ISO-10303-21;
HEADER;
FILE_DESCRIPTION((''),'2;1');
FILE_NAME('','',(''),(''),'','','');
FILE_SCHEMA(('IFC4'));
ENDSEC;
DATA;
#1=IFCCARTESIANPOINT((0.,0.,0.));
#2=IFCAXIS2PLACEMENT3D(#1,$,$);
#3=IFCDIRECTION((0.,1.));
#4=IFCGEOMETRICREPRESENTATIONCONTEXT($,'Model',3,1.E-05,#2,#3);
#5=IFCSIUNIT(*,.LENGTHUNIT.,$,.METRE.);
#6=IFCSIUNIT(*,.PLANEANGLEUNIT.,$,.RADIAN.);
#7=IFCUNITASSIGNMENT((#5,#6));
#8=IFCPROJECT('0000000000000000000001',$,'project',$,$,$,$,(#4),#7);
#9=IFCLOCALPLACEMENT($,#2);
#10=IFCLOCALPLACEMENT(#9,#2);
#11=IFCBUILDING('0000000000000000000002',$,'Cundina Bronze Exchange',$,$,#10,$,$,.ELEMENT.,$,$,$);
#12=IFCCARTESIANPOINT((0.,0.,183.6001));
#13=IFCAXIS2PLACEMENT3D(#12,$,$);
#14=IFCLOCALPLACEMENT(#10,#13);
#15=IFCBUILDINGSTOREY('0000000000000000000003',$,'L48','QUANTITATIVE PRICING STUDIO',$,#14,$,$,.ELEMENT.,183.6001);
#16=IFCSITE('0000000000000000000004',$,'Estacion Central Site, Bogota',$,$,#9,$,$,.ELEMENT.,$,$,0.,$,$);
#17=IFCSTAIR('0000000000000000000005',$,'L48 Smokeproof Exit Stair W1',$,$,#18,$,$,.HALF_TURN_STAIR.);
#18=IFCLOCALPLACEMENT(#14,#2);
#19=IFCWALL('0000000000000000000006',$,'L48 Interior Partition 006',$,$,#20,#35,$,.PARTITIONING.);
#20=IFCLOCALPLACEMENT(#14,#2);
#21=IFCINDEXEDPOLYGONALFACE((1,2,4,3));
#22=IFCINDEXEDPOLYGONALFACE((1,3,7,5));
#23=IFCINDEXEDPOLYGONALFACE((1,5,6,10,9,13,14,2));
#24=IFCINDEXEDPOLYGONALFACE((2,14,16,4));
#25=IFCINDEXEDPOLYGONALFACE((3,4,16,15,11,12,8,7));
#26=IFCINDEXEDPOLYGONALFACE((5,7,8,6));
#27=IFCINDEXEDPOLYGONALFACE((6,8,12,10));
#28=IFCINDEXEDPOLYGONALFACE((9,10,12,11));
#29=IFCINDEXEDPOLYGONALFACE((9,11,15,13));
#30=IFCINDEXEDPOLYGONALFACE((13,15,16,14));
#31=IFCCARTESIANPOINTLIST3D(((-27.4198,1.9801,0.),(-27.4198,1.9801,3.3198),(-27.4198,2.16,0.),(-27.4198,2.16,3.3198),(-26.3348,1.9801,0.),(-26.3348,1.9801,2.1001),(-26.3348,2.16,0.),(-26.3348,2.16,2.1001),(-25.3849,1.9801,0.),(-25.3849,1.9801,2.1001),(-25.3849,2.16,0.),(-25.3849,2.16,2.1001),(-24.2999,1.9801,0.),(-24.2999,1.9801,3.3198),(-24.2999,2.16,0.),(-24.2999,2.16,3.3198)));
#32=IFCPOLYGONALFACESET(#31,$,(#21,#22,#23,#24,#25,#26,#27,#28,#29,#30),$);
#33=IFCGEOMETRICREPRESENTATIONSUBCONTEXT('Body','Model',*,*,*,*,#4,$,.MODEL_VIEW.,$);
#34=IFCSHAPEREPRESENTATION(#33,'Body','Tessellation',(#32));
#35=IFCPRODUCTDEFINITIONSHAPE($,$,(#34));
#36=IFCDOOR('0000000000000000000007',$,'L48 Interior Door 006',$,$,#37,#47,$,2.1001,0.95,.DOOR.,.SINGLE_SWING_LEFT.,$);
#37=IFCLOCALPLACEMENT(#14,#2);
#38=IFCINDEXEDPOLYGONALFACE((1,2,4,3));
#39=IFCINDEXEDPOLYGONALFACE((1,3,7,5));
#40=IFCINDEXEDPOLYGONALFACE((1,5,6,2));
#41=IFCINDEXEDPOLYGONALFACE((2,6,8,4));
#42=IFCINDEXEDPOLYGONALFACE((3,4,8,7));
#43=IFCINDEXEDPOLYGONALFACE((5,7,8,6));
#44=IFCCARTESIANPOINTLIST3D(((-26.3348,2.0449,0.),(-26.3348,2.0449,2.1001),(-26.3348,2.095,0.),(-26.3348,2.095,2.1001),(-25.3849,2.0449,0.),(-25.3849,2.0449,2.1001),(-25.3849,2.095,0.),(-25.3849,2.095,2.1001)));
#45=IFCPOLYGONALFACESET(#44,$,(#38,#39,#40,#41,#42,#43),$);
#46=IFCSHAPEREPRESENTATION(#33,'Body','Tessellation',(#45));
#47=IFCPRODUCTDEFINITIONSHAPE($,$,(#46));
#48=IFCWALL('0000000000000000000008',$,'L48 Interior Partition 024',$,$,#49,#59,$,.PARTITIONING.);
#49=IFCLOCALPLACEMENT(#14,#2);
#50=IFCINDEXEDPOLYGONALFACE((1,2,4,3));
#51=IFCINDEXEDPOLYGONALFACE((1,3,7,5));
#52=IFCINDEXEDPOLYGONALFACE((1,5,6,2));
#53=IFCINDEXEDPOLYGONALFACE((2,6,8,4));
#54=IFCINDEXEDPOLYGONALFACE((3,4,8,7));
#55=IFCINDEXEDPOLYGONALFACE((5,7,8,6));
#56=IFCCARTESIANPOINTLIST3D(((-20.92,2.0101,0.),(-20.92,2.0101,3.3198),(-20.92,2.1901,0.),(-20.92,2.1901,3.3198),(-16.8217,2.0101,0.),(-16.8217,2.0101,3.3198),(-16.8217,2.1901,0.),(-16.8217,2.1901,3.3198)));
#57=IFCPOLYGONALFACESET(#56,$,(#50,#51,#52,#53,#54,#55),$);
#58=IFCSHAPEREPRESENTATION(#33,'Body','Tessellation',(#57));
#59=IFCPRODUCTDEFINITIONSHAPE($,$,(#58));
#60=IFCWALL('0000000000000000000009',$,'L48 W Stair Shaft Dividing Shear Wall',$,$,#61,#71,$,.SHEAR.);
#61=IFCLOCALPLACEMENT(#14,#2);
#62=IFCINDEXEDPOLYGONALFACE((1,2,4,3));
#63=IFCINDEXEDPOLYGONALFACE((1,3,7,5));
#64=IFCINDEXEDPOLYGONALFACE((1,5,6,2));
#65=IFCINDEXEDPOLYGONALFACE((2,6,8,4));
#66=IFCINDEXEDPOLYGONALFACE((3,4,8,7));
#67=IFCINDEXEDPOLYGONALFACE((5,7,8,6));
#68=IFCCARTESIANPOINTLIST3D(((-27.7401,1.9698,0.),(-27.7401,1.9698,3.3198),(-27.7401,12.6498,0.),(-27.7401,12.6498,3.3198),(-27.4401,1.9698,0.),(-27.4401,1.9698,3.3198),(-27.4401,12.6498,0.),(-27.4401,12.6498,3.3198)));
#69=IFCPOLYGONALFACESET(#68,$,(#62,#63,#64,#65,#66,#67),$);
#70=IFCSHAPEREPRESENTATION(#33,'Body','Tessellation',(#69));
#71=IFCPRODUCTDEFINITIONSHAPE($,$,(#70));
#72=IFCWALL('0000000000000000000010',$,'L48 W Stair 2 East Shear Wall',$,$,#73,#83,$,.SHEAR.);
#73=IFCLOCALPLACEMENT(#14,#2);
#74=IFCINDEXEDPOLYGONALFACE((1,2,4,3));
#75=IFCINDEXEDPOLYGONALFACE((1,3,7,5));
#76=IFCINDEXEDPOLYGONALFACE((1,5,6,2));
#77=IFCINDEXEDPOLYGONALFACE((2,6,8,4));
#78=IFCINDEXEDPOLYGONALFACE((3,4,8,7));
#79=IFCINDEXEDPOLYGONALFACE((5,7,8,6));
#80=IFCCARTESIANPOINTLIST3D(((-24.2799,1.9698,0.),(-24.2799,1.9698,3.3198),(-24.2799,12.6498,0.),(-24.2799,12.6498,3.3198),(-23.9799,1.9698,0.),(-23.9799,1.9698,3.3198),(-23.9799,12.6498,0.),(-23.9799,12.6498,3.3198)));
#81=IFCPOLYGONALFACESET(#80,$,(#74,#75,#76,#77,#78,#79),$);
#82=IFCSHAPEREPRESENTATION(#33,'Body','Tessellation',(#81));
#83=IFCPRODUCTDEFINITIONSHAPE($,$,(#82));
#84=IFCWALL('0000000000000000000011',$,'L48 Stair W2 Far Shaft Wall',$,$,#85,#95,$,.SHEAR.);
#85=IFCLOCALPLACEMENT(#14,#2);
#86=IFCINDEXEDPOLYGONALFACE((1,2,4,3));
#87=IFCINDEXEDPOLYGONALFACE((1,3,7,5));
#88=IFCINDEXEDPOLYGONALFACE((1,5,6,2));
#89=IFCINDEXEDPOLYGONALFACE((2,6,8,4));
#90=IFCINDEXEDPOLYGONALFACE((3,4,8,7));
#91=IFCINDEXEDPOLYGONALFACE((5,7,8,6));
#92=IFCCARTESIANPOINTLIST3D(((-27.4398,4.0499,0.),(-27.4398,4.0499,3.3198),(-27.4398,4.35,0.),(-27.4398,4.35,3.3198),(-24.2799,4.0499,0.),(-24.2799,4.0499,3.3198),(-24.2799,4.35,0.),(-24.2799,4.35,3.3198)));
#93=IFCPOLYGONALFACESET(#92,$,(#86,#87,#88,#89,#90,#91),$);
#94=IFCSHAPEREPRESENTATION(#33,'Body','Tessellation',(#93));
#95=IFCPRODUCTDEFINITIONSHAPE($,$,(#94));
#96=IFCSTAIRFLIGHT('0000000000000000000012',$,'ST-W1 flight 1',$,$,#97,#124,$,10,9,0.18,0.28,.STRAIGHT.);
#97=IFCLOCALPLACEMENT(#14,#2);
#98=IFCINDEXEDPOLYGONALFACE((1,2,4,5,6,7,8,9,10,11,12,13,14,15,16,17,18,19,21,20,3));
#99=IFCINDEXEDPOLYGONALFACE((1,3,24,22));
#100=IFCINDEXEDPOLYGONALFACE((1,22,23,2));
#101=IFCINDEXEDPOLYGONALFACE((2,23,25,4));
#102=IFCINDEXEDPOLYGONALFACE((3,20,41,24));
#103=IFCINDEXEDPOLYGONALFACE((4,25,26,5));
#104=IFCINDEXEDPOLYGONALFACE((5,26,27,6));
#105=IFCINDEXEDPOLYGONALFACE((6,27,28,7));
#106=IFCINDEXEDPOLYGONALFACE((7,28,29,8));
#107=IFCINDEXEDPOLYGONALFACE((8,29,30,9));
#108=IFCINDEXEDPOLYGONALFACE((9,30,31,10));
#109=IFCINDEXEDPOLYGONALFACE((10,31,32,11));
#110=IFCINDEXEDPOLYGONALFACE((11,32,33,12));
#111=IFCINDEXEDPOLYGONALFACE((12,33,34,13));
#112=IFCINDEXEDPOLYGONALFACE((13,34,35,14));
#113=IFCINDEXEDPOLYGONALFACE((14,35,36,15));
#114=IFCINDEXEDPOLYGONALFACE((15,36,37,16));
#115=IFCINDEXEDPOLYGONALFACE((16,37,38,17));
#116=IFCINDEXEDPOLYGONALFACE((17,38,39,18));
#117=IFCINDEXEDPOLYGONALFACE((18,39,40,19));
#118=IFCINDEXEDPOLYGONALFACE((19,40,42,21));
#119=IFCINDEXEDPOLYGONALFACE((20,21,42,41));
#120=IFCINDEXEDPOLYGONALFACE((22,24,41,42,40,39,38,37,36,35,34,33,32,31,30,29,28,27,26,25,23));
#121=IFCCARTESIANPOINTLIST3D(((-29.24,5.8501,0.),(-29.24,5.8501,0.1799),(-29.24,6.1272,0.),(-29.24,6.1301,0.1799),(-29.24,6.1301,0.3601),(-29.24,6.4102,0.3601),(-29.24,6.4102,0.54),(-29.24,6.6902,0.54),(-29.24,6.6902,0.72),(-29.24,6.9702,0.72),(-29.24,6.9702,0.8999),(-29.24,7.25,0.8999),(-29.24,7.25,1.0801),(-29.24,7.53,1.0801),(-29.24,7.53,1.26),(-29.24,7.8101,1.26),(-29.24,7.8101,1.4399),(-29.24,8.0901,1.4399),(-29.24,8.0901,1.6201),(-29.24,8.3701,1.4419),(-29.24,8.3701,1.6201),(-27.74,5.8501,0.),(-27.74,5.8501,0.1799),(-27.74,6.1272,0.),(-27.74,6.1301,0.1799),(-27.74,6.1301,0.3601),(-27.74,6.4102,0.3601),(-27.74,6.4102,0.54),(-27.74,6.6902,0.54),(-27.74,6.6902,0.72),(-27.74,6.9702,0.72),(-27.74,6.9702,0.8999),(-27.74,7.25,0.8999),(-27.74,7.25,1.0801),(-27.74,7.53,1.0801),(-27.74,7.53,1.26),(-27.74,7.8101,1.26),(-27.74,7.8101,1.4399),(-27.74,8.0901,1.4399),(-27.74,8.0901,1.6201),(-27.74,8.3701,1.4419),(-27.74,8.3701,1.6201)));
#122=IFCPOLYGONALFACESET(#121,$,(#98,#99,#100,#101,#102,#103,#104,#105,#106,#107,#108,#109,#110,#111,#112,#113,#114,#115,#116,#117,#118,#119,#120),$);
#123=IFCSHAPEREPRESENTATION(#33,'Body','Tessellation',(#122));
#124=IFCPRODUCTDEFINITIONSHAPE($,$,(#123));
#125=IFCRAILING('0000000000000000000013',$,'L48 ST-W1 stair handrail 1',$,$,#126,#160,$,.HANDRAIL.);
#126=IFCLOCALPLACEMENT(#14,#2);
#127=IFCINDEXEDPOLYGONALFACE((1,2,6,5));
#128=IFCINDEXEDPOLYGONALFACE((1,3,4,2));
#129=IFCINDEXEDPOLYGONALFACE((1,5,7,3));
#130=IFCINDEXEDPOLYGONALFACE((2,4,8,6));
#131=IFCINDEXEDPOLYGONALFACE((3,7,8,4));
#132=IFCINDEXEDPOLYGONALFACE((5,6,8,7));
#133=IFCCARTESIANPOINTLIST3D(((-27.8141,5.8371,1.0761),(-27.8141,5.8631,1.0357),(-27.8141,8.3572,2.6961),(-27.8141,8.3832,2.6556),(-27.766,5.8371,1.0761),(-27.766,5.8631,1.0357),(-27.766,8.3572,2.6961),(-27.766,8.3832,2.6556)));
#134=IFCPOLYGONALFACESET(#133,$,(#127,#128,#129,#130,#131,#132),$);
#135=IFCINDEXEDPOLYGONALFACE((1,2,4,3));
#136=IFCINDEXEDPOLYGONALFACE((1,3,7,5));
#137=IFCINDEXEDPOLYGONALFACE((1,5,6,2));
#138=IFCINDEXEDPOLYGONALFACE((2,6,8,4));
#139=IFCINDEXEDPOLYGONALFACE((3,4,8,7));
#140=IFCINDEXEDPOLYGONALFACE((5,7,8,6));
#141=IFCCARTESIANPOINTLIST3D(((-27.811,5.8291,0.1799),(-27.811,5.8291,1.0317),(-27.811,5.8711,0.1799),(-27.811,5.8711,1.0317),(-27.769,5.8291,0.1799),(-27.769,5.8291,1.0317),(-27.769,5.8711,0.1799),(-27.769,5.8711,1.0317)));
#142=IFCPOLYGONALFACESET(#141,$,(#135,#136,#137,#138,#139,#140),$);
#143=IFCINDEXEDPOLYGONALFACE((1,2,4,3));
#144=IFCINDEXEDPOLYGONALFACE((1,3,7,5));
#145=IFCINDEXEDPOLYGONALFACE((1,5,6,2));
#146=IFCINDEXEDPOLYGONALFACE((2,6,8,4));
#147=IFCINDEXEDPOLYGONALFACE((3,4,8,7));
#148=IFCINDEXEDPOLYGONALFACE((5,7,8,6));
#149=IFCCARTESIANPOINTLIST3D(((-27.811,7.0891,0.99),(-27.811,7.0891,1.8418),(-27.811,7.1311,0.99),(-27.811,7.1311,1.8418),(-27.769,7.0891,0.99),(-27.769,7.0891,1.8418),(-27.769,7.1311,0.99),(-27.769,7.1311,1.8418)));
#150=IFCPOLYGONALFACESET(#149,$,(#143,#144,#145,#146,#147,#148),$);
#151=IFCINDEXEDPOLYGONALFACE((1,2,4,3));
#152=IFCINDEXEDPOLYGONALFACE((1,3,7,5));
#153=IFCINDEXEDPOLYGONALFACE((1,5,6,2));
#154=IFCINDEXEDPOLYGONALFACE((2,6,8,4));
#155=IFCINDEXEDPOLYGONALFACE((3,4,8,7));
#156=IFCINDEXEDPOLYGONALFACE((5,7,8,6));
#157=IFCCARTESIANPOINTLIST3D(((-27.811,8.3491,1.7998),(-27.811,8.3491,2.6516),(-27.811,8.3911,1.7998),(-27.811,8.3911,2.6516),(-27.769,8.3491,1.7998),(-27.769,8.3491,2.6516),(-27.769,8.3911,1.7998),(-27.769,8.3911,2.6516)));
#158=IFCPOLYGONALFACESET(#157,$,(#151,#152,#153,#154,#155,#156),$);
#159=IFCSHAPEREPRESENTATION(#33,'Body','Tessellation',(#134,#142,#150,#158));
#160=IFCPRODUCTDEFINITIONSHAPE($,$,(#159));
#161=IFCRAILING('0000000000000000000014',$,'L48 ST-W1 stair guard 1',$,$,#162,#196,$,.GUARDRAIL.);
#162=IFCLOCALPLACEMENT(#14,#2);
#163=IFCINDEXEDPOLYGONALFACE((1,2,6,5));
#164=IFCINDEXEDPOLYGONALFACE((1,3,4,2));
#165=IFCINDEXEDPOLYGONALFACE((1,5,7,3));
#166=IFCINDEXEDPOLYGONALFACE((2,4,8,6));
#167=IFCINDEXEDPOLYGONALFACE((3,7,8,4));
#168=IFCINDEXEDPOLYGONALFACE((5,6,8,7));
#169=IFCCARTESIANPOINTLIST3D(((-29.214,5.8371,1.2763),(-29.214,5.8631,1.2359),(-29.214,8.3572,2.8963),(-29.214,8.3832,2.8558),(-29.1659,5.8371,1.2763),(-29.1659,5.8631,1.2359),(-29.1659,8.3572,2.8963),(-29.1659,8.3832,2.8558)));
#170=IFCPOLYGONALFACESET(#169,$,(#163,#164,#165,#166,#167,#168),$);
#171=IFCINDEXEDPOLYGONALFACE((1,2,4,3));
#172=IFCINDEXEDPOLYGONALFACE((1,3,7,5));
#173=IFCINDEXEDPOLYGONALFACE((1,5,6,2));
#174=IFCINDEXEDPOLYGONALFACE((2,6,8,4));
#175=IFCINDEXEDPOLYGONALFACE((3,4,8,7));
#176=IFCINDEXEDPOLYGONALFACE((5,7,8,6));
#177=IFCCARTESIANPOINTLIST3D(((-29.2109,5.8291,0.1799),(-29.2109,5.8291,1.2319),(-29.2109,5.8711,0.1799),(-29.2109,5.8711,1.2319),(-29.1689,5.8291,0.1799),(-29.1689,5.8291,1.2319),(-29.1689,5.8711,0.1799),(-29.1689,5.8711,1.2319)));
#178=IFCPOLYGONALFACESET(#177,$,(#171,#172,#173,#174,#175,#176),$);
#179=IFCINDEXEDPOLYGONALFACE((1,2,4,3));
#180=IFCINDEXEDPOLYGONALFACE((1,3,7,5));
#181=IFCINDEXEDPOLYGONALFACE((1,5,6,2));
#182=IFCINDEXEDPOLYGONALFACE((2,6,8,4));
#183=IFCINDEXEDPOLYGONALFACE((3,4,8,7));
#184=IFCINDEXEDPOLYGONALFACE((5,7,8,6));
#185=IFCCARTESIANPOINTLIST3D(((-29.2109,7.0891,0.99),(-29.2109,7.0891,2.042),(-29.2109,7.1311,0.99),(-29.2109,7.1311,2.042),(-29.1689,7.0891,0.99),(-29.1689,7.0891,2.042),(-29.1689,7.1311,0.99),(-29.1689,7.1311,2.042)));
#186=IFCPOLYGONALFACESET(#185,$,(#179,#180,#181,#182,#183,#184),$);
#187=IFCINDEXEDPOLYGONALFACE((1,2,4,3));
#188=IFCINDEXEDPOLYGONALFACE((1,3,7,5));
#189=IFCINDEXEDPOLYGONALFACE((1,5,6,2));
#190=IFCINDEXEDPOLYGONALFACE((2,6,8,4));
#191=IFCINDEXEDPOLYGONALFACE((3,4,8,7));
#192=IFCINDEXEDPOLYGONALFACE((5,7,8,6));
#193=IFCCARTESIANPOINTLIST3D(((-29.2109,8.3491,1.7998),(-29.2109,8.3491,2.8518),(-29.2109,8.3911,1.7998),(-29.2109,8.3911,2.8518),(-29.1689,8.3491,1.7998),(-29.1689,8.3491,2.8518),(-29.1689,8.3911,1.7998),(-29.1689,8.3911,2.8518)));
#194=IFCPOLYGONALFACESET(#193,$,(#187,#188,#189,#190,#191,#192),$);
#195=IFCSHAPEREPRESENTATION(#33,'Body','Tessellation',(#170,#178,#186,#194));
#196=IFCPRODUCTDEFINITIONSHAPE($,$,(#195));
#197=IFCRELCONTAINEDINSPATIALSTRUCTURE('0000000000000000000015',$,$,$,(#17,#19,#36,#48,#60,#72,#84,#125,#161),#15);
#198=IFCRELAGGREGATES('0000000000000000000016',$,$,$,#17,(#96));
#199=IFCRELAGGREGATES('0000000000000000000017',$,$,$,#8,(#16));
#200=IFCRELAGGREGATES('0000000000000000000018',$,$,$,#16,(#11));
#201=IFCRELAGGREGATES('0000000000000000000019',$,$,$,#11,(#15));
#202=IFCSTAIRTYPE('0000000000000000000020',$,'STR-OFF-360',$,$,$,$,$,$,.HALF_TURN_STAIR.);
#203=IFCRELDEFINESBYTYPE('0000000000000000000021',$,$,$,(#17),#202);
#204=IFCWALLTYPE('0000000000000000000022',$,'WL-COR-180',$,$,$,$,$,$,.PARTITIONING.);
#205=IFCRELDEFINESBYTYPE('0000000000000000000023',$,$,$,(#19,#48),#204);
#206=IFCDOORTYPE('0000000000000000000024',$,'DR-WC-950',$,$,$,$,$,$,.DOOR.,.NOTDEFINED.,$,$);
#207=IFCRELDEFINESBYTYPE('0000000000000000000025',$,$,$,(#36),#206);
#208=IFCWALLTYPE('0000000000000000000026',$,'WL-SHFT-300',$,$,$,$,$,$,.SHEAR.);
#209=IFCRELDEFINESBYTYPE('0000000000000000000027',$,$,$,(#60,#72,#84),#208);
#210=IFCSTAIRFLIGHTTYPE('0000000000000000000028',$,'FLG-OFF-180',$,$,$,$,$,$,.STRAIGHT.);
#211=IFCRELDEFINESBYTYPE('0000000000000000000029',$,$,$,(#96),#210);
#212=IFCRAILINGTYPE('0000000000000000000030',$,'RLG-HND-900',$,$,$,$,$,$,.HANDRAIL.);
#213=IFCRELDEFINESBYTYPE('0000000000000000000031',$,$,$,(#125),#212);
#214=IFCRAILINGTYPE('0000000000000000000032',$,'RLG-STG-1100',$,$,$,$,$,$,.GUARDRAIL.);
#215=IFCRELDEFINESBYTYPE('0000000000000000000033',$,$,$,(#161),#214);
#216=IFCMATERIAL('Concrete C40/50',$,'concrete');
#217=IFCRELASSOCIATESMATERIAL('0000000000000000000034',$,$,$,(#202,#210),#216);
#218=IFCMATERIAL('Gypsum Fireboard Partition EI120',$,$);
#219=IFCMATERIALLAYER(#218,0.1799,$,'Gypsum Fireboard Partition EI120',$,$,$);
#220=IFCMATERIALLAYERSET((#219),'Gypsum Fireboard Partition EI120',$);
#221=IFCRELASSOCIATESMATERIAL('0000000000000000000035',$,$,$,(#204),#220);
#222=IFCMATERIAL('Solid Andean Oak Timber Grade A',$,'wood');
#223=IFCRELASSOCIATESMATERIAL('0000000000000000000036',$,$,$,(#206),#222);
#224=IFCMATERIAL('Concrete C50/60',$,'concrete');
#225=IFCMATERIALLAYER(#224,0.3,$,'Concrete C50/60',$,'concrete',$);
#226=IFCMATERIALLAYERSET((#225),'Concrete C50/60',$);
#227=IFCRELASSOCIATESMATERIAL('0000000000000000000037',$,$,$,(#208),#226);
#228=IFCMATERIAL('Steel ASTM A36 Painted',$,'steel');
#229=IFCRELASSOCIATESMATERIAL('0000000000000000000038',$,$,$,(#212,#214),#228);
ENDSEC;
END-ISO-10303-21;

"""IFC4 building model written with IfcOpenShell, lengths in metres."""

from ifc_helpers import new_model, si_unit, direction, frame, frame_2d, origin, origin_2d, place, context, subcontext, project, spatial, polyline, rectangle, outline, extrude, material, layer, layer_set, type_object, element, fill, aggregate, save


model = new_model("IFC4")

# Units and contexts
model_context = context("Model", 3, precision=1e-05, world=origin(), true_north=direction((0.0, 1.0)))
body_context = subcontext(model_context, "Body", "Model", "MODEL_VIEW")
ifc_project = project(units=[si_unit("LENGTHUNIT", "METRE"), si_unit("PLANEANGLEUNIT", "RADIAN")], contexts=[model_context])

# Site, building, storey
site_placement = place(None, origin())
site = spatial("IfcSite", under=ifc_project, at=site_placement, Name="Estacion Central Site, Bogota", CompositionType="ELEMENT", RefElevation=0.0)
building_placement = place(site_placement, origin())
building = spatial("IfcBuilding", under=site, at=building_placement, Name="Cundina Bronze Exchange", CompositionType="ELEMENT")
storey_placement = place(building_placement, frame((0.0, 0.0, 183.6001)))
storey = spatial("IfcBuildingStorey", under=building, at=storey_placement, Name="L48", Description="QUANTITATIVE PRICING STUDIO", CompositionType="ELEMENT", Elevation=183.6001)

# Shared definitions
ifc_material_1 = material(Name="Concrete C50/60", Category="concrete")

# Stair
ifc_material_2 = material(Name="Concrete C40/50", Category="concrete")
stair_type = type_object("IfcStairType", Name="STR-OFF-360", PredefinedType="HALF_TURN_STAIR", material=ifc_material_2)
stair_placement = place(storey_placement, origin())
stair = element("IfcStair", 1, at=stair_placement, inside=storey, type_object=stair_type, Name="L48 Smokeproof Exit Stair W1", PredefinedType="HALF_TURN_STAIR")

# Shared definitions
ifc_material_3 = material(Name="Gypsum Fireboard Partition EI120")
ifc_layer_1 = layer(ifc_material_3, 0.1799, Name="Gypsum Fireboard Partition EI120")
ifc_layer_set_1 = layer_set([ifc_layer_1], Name="Gypsum Fireboard Partition EI120")
wall_type_1 = type_object("IfcWallType", Name="WL-COR-180", PredefinedType="PARTITIONING", material=ifc_layer_set_1)

# Wall, opening, door
ifc_material_4 = material(Name="Steel ASTM A36 Painted", Category="steel")
wall_1_placement = place(storey_placement, frame((-27.4199, 2.0701, 0.0), z_axis=(0.0, 0.0, 1.0), x_axis=(1.0, 0.0, 0.0)))
wall_1 = element("IfcWall", 2, at=wall_1_placement, inside=storey, type_object=wall_type_1, Name="L48 Interior Partition 006", PredefinedType="PARTITIONING", context=body_context, shape_type="SweptSolid", body=[
    extrude(rectangle(XDim=3.1199, YDim=0.1799, at=frame_2d((1.5601, 0.0))), origin(), (0.0, 0.0, 1.0), 3.3198),
])
opening_1_placement = place(wall_1_placement, frame((1.085, 0.0, 0.0)))
opening_1 = element("IfcOpeningElement", 3, at=opening_1_placement, cuts=wall_1, PredefinedType="OPENING", context=body_context, shape_type="SweptSolid", body=[
    extrude(rectangle(XDim=0.95, YDim=2.1001, at=frame_2d((0.4751, 1.05))), frame((0.0, 0.0999, 0.0), z_axis=(0.0, -1.0, 0.0), x_axis=(1.0, 0.0, 0.0)), (0.0, 0.0, 1.0), 0.2),
])
ifc_material_5 = material(Name="Solid Andean Oak Timber Grade A", Category="wood")
door_type_1 = type_object("IfcDoorType", Name="DR-WC-950", OperationType="NOTDEFINED", PredefinedType="DOOR", material=ifc_material_5)
door_1_placement = place(opening_1_placement, origin())
door_1 = element("IfcDoor", 4, at=door_1_placement, inside=storey, type_object=door_type_1, Name="L48 Interior Door 006", OperationType="SINGLE_SWING_LEFT", OverallHeight=2.1001, OverallWidth=0.95, PredefinedType="DOOR", context=body_context, shape_type="SweptSolid", body=[
    extrude(rectangle(XDim=0.95, YDim=2.1001, at=frame_2d((0.4751, 1.05))), frame((0.0, 0.0249, 0.0), z_axis=(0.0, -1.0, 0.0), x_axis=(1.0, 0.0, 0.0)), (0.0, 0.0, 1.0), 0.05),
])
fill(opening_1, door_1)

# Walls
wall_2_placement = place(storey_placement, frame((-16.8215, 2.1001, 0.0), z_axis=(0.0, 0.0, 1.0), x_axis=(-1.0, 0.0, 0.0)))
element("IfcWall", 5, at=wall_2_placement, inside=storey, type_object=wall_type_1, Name="L48 Interior Partition 024", PredefinedType="PARTITIONING", context=body_context, shape_type="SweptSolid", body=[
    extrude(rectangle(XDim=4.0984, YDim=0.1799, at=frame_2d((2.0493, 0.0))), origin(), (0.0, 0.0, 1.0), 3.3198),
])
ifc_layer_2 = layer(ifc_material_1, 0.3, Name="Concrete C50/60", Category="concrete")
ifc_layer_set_2 = layer_set([ifc_layer_2], Name="Concrete C50/60")
wall_type_2 = type_object("IfcWallType", Name="WL-SHFT-300", PredefinedType="SHEAR", material=ifc_layer_set_2)
for number, where, z_axis, x_axis, name in (
    (6, (-27.5901, 1.97, 0.0), (0.0, 0.0, 1.0), (0.0, 1.0, 0.0), "L48 W Stair Shaft Dividing Shear Wall"),
    (7, (-24.1299, 1.97, 0.0), (0.0, 0.0, 1.0), (0.0, 1.0, 0.0), "L48 W Stair 2 East Shear Wall"),
):
    element("IfcWall", number, at=place(storey_placement, frame(where, z_axis=z_axis, x_axis=x_axis)), inside=storey, type_object=wall_type_2, Name=name, PredefinedType="SHEAR", context=body_context, shape_type="SweptSolid", body=[
        extrude(rectangle(XDim=10.6799, YDim=0.3, at=frame_2d((5.3398, 0.0))), origin(), (0.0, 0.0, 1.0), 3.3198),
    ])
wall_3_placement = place(storey_placement, frame((-27.4399, 4.2, 0.0), z_axis=(0.0, 0.0, 1.0), x_axis=(1.0, 0.0, 0.0)))
element("IfcWall", 8, at=wall_3_placement, inside=storey, type_object=wall_type_2, Name="L48 Stair W2 Far Shaft Wall", PredefinedType="SHEAR", context=body_context, shape_type="SweptSolid", body=[
    extrude(rectangle(XDim=3.1599, YDim=0.3, at=frame_2d((1.5801, 0.0))), origin(), (0.0, 0.0, 1.0), 3.3198),
])

# Stair flight
stair_flight_type = type_object("IfcStairFlightType", Name="FLG-OFF-180", PredefinedType="STRAIGHT", material=ifc_material_2)
stair_flight_placement = place(storey_placement, frame((-28.49, 5.8501, 0.0), z_axis=(0.0, 0.0, 1.0), x_axis=(0.0, 1.0, 0.0)))
stair_flight = element("IfcStairFlight", 9, at=stair_flight_placement, type_object=stair_flight_type, Name="ST-W1 flight 1", NumberOfRisers=10, NumberOfTreads=9, PredefinedType="STRAIGHT", RiserHeight=0.18, TreadLength=0.28, context=body_context, shape_type="SweptSolid", body=[
    extrude(outline(polyline([(0.0, 0.0), (0.0, 0.1799), (0.28, 0.1799), (0.28, 0.3601), (0.5601, 0.3601), (0.5601, 0.54), (0.8401, 0.54), (0.8401, 0.72), (1.1201, 0.72), (1.1201, 0.8999), (1.3999, 0.8999), (1.3999, 1.0801), (1.6799, 1.0801), (1.6799, 1.26), (1.96, 1.26), (1.96, 1.4399), (2.24, 1.4399), (2.24, 1.6201), (2.52, 1.6201), (2.52, 1.8), (2.52, 1.4419), (0.2771, 0.0), (0.0, 0.0)])), frame((0.0, 0.75, 0.0), z_axis=(0.0, -1.0, 0.0), x_axis=(1.0, 0.0, 0.0)), (0.0, 0.0, 1.0), 1.5),
])
aggregate(stair, [stair_flight])

# Railings
railing_type_1 = type_object("IfcRailingType", Name="RLG-HND-900", PredefinedType="HANDRAIL", material=ifc_material_4)
railing_1_placement = place(storey_placement, frame((-27.79, 5.8501, 0.1799)))
element("IfcRailing", 10, at=railing_1_placement, inside=storey, type_object=railing_type_1, Name="L48 ST-W1 stair handrail 1", PredefinedType="HANDRAIL", context=body_context, shape_type="SweptSolid", body=[
    extrude(rectangle(XDim=0.0481, YDim=0.0481, at=origin_2d()), frame((0.0, 0.0, 0.876), z_axis=(0.0, 0.8412, 0.540725), x_axis=(-1.0, 0.0, 0.0)), (0.0, 0.0, 1.0), 2.9958),
    extrude(rectangle(XDim=0.042, YDim=0.042, at=origin_2d()), origin(), (0.0, 0.0, 1.0), 0.8518),
    extrude(rectangle(XDim=0.042, YDim=0.042, at=origin_2d()), frame((0.0, 1.26, 0.8101)), (0.0, 0.0, 1.0), 0.8518),
    extrude(rectangle(XDim=0.042, YDim=0.042, at=origin_2d()), frame((0.0, 2.52, 1.6199)), (0.0, 0.0, 1.0), 0.8518),
])
railing_type_2 = type_object("IfcRailingType", Name="RLG-STG-1100", PredefinedType="GUARDRAIL", material=ifc_material_4)
railing_2_placement = place(storey_placement, frame((-29.1899, 5.8501, 0.1799)))
element("IfcRailing", 11, at=railing_2_placement, inside=storey, type_object=railing_type_2, Name="L48 ST-W1 stair guard 1", PredefinedType="GUARDRAIL", context=body_context, shape_type="SweptSolid", body=[
    extrude(rectangle(XDim=0.0481, YDim=0.0481, at=origin_2d()), frame((0.0, 0.0, 1.0762), z_axis=(0.0, 0.8412, 0.540725), x_axis=(-1.0, 0.0, 0.0)), (0.0, 0.0, 1.0), 2.9958),
    extrude(rectangle(XDim=0.042, YDim=0.042, at=origin_2d()), origin(), (0.0, 0.0, 1.0), 1.052),
    extrude(rectangle(XDim=0.042, YDim=0.042, at=origin_2d()), frame((0.0, 1.26, 0.8101)), (0.0, 0.0, 1.0), 1.052),
    extrude(rectangle(XDim=0.042, YDim=0.042, at=origin_2d()), frame((0.0, 2.52, 1.6199)), (0.0, 0.0, 1.0), 1.052),
])

save(model, "model.ifc")
